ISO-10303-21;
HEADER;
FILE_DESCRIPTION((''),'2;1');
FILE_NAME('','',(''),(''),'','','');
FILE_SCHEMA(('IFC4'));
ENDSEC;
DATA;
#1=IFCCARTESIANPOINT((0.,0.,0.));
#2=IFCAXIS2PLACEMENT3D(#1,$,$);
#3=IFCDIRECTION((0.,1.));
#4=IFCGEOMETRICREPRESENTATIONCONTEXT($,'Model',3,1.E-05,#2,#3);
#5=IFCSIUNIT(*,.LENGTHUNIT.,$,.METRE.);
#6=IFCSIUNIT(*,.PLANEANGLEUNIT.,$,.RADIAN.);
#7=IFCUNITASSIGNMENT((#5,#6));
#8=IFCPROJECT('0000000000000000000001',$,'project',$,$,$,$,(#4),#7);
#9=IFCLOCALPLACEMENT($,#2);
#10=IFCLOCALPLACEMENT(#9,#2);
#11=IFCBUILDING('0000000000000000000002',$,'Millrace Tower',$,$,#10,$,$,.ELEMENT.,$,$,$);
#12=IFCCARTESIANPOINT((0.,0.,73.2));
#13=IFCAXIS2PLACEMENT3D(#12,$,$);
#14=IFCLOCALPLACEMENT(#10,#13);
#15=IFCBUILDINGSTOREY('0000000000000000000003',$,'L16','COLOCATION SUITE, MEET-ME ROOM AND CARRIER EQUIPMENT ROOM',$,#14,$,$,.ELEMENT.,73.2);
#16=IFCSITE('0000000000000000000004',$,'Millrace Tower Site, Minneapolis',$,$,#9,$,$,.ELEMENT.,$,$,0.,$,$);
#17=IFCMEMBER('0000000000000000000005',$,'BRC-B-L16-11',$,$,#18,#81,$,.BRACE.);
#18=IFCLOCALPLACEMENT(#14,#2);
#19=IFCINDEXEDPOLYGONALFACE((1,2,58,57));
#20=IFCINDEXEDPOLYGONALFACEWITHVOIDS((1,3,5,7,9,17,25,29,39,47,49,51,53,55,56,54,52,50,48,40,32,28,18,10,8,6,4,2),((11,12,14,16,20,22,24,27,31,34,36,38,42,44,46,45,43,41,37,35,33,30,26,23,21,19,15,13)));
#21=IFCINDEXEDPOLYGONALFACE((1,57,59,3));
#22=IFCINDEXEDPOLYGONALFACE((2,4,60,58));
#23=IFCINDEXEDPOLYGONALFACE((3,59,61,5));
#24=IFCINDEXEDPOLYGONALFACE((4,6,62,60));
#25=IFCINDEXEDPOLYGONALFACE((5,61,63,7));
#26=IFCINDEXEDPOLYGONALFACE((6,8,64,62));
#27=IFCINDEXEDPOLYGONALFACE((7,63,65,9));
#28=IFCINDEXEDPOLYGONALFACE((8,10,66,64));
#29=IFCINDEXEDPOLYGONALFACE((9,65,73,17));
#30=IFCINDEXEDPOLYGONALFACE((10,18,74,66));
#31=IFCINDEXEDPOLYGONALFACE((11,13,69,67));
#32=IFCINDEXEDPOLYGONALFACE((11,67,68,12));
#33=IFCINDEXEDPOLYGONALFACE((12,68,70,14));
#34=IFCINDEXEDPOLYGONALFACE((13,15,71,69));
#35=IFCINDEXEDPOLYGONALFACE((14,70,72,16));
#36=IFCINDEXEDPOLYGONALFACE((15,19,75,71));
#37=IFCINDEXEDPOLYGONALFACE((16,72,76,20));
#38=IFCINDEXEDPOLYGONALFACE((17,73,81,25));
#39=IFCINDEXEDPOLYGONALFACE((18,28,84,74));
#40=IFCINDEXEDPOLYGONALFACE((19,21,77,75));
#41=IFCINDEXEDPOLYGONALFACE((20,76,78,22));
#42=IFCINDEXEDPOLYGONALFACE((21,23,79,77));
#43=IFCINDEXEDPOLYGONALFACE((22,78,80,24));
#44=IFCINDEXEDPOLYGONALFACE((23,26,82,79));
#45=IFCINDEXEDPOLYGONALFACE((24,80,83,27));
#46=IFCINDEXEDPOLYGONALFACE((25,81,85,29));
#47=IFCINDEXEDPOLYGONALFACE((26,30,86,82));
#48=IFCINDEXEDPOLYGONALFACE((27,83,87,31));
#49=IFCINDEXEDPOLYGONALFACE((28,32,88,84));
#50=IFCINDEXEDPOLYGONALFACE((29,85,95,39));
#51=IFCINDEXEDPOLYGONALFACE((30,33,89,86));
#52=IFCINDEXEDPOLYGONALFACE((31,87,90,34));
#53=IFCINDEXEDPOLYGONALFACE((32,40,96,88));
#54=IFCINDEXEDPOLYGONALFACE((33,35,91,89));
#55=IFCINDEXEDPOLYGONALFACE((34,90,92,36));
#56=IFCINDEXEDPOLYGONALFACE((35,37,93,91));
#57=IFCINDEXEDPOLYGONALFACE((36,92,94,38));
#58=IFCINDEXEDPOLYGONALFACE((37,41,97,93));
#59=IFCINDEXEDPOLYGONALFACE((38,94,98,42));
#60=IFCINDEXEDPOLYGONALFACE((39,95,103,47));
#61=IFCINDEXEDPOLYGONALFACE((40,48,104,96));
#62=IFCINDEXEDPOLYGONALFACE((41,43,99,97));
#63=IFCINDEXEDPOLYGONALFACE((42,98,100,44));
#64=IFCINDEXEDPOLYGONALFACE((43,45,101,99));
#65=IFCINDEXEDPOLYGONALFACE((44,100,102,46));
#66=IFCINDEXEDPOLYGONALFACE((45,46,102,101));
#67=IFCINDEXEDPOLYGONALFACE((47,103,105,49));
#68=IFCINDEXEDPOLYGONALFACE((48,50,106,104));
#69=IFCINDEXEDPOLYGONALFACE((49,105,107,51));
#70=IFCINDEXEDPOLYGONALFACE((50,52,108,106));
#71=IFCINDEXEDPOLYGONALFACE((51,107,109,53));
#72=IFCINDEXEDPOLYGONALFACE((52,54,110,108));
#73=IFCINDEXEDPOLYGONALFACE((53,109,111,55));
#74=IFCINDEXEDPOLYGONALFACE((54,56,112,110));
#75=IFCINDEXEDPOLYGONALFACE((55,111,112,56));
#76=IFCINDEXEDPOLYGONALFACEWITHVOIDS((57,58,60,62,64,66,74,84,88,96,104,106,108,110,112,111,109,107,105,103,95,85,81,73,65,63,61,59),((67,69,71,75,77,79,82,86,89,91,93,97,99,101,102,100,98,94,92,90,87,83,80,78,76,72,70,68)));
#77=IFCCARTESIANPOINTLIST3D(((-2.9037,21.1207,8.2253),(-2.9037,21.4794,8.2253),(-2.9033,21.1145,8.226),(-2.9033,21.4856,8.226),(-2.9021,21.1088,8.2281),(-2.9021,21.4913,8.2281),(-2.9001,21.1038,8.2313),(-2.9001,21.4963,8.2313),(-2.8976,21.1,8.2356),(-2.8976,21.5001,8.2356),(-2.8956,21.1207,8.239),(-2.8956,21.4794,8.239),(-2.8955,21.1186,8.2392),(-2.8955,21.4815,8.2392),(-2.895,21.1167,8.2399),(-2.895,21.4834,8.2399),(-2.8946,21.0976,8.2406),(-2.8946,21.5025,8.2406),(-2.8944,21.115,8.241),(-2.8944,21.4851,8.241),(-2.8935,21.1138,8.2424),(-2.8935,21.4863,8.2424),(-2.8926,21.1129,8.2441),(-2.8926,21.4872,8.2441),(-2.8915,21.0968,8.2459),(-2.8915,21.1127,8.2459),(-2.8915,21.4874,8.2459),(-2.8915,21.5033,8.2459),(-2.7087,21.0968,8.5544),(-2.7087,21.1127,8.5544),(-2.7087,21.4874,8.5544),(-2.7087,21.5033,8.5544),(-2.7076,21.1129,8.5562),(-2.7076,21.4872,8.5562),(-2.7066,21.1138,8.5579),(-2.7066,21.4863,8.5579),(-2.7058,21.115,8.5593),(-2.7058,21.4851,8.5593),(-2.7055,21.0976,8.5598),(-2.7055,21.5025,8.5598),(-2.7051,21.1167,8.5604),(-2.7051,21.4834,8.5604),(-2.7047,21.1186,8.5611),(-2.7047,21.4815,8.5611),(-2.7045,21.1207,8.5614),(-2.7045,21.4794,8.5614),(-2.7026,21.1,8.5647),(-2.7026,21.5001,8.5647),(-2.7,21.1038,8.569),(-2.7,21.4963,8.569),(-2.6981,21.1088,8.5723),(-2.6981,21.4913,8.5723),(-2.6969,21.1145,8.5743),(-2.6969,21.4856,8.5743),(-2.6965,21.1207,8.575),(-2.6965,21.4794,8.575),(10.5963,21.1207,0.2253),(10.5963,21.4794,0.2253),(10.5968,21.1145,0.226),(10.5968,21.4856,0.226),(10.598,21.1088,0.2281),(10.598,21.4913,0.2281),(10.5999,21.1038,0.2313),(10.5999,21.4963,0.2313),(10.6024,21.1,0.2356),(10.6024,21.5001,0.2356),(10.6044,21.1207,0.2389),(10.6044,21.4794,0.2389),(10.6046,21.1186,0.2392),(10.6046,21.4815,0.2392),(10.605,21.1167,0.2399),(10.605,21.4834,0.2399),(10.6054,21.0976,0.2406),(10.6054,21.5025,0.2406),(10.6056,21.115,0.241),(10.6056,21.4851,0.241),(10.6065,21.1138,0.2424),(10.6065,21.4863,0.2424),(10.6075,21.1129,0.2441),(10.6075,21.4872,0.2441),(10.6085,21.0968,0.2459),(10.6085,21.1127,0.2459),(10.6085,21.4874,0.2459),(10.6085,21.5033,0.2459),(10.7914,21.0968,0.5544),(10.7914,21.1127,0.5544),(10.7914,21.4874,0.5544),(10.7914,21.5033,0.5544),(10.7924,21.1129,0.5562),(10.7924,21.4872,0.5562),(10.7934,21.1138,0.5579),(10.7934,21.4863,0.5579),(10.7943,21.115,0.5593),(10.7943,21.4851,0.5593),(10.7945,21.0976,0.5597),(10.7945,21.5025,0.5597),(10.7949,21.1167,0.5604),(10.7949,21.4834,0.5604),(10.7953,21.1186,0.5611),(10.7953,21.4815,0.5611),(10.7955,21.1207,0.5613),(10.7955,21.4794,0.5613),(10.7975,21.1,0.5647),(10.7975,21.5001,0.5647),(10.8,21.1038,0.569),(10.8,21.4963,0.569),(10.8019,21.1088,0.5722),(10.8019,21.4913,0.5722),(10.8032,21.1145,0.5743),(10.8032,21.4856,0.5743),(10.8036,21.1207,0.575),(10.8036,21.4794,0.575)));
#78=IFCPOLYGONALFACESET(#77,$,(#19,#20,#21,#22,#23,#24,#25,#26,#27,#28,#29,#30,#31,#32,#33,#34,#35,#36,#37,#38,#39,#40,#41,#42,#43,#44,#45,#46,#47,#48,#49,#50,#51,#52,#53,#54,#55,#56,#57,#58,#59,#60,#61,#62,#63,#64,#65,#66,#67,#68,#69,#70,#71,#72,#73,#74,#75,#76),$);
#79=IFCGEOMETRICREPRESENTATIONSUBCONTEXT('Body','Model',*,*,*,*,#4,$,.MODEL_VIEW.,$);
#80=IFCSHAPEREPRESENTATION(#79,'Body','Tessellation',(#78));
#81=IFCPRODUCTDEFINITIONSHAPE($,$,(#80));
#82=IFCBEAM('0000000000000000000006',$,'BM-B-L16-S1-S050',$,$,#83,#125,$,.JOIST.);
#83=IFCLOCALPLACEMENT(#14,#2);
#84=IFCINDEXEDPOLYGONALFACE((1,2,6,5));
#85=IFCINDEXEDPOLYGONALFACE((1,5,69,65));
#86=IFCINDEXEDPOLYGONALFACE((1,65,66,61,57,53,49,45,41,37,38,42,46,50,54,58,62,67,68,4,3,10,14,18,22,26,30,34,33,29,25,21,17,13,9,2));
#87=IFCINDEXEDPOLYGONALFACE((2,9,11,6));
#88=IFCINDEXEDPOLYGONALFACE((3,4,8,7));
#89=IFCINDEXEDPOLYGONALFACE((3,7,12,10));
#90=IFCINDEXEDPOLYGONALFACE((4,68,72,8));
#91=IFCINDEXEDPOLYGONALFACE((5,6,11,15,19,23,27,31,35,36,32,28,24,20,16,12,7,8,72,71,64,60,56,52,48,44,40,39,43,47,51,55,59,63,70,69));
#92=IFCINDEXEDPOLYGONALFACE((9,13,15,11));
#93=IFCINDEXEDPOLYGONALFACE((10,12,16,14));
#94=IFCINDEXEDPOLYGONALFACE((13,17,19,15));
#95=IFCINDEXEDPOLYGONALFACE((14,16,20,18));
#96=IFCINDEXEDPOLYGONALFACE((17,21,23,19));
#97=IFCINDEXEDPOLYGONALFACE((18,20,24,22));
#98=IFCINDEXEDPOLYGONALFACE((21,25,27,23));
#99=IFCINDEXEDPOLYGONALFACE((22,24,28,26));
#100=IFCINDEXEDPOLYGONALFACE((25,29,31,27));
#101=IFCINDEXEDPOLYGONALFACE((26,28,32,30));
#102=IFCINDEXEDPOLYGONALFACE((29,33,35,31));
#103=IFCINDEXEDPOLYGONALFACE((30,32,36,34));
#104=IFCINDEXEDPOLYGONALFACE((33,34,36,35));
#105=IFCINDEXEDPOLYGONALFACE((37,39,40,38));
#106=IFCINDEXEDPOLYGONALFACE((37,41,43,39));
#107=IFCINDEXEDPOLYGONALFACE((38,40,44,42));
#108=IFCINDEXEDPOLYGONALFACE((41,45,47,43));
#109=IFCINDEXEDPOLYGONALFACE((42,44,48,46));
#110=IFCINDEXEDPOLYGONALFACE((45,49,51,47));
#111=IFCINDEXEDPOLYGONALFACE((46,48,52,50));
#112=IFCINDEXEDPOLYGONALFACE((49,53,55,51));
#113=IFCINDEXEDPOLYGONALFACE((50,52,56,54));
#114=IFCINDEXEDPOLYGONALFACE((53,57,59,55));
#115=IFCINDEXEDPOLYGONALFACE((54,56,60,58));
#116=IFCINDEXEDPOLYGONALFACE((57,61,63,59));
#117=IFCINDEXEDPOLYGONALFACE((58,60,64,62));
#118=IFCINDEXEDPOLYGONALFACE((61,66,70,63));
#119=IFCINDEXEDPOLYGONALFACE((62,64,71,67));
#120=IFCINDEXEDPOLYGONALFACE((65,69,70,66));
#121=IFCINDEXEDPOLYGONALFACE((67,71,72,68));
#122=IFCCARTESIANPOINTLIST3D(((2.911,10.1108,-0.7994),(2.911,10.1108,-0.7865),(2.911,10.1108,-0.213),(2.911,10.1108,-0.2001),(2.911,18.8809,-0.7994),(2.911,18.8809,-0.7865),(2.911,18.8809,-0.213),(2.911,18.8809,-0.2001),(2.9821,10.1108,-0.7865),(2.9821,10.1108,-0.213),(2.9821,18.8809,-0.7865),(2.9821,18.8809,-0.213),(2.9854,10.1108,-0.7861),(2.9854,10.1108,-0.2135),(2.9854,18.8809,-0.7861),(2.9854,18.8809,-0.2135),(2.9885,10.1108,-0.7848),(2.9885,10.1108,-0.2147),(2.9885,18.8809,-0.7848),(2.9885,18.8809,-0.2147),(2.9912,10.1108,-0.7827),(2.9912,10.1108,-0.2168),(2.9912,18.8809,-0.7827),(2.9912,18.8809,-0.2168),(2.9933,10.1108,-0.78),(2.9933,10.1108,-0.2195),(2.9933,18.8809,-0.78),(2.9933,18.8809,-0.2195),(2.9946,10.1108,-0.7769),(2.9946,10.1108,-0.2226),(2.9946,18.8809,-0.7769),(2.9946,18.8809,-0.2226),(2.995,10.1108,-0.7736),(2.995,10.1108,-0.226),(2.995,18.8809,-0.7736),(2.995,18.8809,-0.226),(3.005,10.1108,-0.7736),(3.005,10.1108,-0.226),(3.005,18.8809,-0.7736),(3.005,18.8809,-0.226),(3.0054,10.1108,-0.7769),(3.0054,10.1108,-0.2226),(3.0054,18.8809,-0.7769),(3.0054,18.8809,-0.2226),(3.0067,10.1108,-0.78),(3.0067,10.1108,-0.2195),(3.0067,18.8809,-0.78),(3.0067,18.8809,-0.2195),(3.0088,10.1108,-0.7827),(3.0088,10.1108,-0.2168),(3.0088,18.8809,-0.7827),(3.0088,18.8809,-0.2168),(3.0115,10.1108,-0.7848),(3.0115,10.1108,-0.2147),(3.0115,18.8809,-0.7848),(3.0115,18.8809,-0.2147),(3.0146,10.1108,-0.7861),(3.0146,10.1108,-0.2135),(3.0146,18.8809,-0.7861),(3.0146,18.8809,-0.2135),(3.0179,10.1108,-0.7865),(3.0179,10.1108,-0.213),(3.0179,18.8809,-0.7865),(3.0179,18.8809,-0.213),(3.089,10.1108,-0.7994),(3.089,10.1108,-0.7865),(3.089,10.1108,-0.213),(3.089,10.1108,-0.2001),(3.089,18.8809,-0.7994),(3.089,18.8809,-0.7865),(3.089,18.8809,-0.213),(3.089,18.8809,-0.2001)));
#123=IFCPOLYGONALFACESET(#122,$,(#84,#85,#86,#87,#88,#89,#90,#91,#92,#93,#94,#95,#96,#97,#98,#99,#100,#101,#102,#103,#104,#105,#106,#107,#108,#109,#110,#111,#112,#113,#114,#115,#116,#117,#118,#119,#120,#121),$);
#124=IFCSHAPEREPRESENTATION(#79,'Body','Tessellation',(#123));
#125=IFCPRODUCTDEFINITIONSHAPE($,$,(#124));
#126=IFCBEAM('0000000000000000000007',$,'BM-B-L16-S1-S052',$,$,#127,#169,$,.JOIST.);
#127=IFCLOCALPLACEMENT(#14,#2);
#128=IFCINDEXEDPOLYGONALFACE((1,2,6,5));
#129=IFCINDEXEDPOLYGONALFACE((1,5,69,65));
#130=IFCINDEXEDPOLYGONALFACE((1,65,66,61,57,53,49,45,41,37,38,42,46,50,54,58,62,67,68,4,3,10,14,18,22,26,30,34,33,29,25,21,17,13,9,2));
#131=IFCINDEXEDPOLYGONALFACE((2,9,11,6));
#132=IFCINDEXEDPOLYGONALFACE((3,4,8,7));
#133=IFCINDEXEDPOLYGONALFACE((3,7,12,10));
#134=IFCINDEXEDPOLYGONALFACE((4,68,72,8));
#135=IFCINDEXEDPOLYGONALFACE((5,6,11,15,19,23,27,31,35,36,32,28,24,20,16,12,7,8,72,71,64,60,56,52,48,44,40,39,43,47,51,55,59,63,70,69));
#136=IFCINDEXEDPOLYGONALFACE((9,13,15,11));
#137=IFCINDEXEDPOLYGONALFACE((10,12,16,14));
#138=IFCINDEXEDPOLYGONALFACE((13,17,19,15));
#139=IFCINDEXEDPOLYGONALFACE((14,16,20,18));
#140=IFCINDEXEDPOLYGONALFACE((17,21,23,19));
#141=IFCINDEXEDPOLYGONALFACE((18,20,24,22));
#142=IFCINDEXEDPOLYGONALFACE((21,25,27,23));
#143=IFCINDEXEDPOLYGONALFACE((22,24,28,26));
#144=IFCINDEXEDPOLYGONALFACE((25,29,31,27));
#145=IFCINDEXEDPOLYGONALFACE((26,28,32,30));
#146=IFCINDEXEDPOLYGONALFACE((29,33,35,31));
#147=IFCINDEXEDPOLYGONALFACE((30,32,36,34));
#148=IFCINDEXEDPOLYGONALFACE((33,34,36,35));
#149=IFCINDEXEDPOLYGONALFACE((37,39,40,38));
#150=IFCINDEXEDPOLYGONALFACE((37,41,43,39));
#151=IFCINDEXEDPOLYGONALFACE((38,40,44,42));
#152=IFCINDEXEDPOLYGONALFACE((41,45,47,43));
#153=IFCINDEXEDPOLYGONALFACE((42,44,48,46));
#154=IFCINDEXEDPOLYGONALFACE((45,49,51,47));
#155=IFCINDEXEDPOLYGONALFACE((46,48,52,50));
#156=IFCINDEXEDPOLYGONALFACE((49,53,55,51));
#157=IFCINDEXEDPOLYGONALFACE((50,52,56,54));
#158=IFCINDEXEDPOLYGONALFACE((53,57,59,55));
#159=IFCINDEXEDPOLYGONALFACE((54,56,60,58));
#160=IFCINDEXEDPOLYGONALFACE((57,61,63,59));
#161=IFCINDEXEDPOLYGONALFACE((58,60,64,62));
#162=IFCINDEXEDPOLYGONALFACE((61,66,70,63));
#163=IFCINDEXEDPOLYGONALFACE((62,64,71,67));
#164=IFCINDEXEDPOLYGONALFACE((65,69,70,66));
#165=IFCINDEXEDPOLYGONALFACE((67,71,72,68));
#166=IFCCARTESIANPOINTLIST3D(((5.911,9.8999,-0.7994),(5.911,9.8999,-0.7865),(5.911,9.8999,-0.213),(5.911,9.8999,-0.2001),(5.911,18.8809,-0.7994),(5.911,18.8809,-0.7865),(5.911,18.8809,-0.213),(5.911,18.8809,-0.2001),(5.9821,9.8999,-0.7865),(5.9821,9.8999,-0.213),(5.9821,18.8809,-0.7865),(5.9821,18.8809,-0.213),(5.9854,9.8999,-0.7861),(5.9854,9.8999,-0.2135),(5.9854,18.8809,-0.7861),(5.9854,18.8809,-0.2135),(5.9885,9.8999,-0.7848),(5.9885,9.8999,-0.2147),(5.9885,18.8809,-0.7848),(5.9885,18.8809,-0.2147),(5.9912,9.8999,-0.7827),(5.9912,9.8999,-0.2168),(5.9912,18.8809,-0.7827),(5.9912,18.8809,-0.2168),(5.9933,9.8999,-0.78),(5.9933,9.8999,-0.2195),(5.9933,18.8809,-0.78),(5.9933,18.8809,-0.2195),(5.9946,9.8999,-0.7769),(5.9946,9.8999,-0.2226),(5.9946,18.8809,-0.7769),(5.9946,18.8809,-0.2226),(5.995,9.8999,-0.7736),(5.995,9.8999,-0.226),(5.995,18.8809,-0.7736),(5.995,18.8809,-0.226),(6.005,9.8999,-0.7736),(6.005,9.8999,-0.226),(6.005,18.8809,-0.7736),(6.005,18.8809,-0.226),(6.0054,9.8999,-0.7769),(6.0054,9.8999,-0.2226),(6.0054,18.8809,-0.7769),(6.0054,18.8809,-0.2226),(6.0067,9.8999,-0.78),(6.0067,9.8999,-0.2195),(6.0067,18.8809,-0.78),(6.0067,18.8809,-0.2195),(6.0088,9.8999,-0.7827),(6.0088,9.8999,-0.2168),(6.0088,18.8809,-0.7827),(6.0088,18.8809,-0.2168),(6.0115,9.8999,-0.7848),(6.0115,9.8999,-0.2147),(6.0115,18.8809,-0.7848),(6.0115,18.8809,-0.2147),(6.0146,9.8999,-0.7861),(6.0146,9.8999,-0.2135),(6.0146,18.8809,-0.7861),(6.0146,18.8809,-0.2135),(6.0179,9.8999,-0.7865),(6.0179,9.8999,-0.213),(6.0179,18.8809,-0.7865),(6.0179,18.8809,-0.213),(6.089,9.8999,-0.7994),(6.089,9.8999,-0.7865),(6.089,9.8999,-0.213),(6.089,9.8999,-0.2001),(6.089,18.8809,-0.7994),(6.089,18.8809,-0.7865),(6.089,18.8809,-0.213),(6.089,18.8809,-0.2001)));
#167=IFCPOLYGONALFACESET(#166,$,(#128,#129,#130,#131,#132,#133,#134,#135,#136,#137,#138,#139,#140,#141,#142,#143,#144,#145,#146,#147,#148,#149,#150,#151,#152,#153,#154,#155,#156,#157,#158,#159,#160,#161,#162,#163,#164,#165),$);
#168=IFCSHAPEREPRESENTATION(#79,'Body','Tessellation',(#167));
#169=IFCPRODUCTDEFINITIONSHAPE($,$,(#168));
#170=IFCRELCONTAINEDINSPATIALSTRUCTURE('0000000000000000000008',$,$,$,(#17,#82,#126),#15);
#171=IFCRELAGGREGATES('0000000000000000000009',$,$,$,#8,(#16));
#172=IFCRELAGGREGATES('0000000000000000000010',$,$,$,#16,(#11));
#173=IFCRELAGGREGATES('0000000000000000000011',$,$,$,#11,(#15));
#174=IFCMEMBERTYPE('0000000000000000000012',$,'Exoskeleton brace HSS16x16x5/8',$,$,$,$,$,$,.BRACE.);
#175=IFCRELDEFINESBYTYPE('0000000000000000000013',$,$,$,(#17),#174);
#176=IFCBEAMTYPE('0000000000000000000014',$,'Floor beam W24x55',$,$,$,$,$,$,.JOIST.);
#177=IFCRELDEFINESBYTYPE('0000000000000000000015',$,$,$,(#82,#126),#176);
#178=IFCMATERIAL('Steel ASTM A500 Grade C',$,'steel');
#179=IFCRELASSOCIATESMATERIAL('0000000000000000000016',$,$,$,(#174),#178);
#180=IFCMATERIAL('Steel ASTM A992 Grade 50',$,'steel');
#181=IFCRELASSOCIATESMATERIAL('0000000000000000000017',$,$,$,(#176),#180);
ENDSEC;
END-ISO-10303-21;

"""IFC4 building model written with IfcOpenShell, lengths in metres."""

from ifc_helpers import new_model, si_unit, direction, frame, origin, origin_2d, place, context, subcontext, project, spatial, hollow_rectangle, i_section, extrude, material, material_profile, profile_set, type_object, element, save


model = new_model("IFC4")

# Units and contexts
model_context = context("Model", 3, precision=1e-05, world=origin(), true_north=direction((0.0, 1.0)))
body_context = subcontext(model_context, "Body", "Model", "MODEL_VIEW")
ifc_project = project(units=[si_unit("LENGTHUNIT", "METRE"), si_unit("PLANEANGLEUNIT", "RADIAN")], contexts=[model_context])

# Site, building, storey
site_placement = place(None, origin())
site = spatial("IfcSite", under=ifc_project, at=site_placement, Name="Millrace Tower Site, Minneapolis", CompositionType="ELEMENT", RefElevation=0.0)
building_placement = place(site_placement, origin())
building = spatial("IfcBuilding", under=site, at=building_placement, Name="Millrace Tower", CompositionType="ELEMENT")
storey_placement = place(building_placement, frame((0.0, 0.0, 73.2)))
storey = spatial("IfcBuildingStorey", under=building, at=storey_placement, Name="L16", Description="COLOCATION SUITE, MEET-ME ROOM AND CARRIER EQUIPMENT ROOM", CompositionType="ELEMENT", Elevation=73.2)

# Member
ifc_material_1 = material(Name="Steel ASTM A500 Grade C", Category="steel")
ifc_material_profile_1 = material_profile(ifc_material_1, hollow_rectangle(XDim=0.4065, YDim=0.4065, WallThickness=0.0159, InnerFilletRadius=0.0081, OuterFilletRadius=0.0239, at=origin_2d()))
ifc_profile_set_1 = profile_set([ifc_material_profile_1], Name="Steel ASTM A500 Grade C")
member_type_1 = type_object("IfcMemberType", Name="Exoskeleton brace HSS16x16x5/8", PredefinedType="BRACE", material=ifc_profile_set_1)
member_1_placement = place(storey_placement, frame((10.7, 21.3, 0.4001), z_axis=(-0.860292, 0.0, 0.509802), x_axis=(0.0, -1.0, 0.0)))
element("IfcMember", 1, at=member_1_placement, inside=storey, type_object=member_type_1, Name="BRC-B-L16-11", PredefinedType="BRACE", context=body_context, shape_type="SweptSolid", body=[
    extrude(hollow_rectangle(XDim=0.4065, YDim=0.4065, WallThickness=0.0159, InnerFilletRadius=0.0081, OuterFilletRadius=0.0239, at=origin_2d()), origin(), (0.0, 0.0, 1.0), 15.6924),
])

# Beams
ifc_material_2 = material(Name="Steel ASTM A992 Grade 50", Category="steel")
ifc_material_profile_2 = material_profile(ifc_material_2, i_section(OverallWidth=0.178, OverallDepth=0.5994, WebThickness=0.01, FlangeThickness=0.0129, FilletRadius=0.0129, at=origin_2d()))
ifc_profile_set_2 = profile_set([ifc_material_profile_2], Name="Steel ASTM A992 Grade 50")
beam_type_1 = type_object("IfcBeamType", Name="Floor beam W24x55", PredefinedType="JOIST", material=ifc_profile_set_2)
beam_1_placement = place(storey_placement, frame((3.0, 10.1108, -0.4998), z_axis=(0.0, 1.0, 0.0), x_axis=(-1.0, 0.0, 0.0)))
element("IfcBeam", 2, at=beam_1_placement, inside=storey, type_object=beam_type_1, Name="BM-B-L16-S1-S050", PredefinedType="JOIST", context=body_context, shape_type="SweptSolid", body=[
    extrude(i_section(OverallWidth=0.178, OverallDepth=0.5994, WebThickness=0.01, FlangeThickness=0.0129, FilletRadius=0.0129, at=origin_2d()), origin(), (0.0, 0.0, 1.0), 8.77),
])
for number, where, z_axis, x_axis, name in (
    (3, (6.0, 9.8999, -0.4998), (0.0, 1.0, 0.0), (-1.0, 0.0, 0.0), "BM-B-L16-S1-S052"),
):
    element("IfcBeam", number, at=place(storey_placement, frame(where, z_axis=z_axis, x_axis=x_axis)), inside=storey, type_object=beam_type_1, Name=name, PredefinedType="JOIST", context=body_context, shape_type="SweptSolid", body=[
        extrude(i_section(OverallWidth=0.178, OverallDepth=0.5994, WebThickness=0.01, FlangeThickness=0.0129, FilletRadius=0.0129, at=origin_2d()), origin(), (0.0, 0.0, 1.0), 8.981),
    ])

save(model, "model.ifc")
